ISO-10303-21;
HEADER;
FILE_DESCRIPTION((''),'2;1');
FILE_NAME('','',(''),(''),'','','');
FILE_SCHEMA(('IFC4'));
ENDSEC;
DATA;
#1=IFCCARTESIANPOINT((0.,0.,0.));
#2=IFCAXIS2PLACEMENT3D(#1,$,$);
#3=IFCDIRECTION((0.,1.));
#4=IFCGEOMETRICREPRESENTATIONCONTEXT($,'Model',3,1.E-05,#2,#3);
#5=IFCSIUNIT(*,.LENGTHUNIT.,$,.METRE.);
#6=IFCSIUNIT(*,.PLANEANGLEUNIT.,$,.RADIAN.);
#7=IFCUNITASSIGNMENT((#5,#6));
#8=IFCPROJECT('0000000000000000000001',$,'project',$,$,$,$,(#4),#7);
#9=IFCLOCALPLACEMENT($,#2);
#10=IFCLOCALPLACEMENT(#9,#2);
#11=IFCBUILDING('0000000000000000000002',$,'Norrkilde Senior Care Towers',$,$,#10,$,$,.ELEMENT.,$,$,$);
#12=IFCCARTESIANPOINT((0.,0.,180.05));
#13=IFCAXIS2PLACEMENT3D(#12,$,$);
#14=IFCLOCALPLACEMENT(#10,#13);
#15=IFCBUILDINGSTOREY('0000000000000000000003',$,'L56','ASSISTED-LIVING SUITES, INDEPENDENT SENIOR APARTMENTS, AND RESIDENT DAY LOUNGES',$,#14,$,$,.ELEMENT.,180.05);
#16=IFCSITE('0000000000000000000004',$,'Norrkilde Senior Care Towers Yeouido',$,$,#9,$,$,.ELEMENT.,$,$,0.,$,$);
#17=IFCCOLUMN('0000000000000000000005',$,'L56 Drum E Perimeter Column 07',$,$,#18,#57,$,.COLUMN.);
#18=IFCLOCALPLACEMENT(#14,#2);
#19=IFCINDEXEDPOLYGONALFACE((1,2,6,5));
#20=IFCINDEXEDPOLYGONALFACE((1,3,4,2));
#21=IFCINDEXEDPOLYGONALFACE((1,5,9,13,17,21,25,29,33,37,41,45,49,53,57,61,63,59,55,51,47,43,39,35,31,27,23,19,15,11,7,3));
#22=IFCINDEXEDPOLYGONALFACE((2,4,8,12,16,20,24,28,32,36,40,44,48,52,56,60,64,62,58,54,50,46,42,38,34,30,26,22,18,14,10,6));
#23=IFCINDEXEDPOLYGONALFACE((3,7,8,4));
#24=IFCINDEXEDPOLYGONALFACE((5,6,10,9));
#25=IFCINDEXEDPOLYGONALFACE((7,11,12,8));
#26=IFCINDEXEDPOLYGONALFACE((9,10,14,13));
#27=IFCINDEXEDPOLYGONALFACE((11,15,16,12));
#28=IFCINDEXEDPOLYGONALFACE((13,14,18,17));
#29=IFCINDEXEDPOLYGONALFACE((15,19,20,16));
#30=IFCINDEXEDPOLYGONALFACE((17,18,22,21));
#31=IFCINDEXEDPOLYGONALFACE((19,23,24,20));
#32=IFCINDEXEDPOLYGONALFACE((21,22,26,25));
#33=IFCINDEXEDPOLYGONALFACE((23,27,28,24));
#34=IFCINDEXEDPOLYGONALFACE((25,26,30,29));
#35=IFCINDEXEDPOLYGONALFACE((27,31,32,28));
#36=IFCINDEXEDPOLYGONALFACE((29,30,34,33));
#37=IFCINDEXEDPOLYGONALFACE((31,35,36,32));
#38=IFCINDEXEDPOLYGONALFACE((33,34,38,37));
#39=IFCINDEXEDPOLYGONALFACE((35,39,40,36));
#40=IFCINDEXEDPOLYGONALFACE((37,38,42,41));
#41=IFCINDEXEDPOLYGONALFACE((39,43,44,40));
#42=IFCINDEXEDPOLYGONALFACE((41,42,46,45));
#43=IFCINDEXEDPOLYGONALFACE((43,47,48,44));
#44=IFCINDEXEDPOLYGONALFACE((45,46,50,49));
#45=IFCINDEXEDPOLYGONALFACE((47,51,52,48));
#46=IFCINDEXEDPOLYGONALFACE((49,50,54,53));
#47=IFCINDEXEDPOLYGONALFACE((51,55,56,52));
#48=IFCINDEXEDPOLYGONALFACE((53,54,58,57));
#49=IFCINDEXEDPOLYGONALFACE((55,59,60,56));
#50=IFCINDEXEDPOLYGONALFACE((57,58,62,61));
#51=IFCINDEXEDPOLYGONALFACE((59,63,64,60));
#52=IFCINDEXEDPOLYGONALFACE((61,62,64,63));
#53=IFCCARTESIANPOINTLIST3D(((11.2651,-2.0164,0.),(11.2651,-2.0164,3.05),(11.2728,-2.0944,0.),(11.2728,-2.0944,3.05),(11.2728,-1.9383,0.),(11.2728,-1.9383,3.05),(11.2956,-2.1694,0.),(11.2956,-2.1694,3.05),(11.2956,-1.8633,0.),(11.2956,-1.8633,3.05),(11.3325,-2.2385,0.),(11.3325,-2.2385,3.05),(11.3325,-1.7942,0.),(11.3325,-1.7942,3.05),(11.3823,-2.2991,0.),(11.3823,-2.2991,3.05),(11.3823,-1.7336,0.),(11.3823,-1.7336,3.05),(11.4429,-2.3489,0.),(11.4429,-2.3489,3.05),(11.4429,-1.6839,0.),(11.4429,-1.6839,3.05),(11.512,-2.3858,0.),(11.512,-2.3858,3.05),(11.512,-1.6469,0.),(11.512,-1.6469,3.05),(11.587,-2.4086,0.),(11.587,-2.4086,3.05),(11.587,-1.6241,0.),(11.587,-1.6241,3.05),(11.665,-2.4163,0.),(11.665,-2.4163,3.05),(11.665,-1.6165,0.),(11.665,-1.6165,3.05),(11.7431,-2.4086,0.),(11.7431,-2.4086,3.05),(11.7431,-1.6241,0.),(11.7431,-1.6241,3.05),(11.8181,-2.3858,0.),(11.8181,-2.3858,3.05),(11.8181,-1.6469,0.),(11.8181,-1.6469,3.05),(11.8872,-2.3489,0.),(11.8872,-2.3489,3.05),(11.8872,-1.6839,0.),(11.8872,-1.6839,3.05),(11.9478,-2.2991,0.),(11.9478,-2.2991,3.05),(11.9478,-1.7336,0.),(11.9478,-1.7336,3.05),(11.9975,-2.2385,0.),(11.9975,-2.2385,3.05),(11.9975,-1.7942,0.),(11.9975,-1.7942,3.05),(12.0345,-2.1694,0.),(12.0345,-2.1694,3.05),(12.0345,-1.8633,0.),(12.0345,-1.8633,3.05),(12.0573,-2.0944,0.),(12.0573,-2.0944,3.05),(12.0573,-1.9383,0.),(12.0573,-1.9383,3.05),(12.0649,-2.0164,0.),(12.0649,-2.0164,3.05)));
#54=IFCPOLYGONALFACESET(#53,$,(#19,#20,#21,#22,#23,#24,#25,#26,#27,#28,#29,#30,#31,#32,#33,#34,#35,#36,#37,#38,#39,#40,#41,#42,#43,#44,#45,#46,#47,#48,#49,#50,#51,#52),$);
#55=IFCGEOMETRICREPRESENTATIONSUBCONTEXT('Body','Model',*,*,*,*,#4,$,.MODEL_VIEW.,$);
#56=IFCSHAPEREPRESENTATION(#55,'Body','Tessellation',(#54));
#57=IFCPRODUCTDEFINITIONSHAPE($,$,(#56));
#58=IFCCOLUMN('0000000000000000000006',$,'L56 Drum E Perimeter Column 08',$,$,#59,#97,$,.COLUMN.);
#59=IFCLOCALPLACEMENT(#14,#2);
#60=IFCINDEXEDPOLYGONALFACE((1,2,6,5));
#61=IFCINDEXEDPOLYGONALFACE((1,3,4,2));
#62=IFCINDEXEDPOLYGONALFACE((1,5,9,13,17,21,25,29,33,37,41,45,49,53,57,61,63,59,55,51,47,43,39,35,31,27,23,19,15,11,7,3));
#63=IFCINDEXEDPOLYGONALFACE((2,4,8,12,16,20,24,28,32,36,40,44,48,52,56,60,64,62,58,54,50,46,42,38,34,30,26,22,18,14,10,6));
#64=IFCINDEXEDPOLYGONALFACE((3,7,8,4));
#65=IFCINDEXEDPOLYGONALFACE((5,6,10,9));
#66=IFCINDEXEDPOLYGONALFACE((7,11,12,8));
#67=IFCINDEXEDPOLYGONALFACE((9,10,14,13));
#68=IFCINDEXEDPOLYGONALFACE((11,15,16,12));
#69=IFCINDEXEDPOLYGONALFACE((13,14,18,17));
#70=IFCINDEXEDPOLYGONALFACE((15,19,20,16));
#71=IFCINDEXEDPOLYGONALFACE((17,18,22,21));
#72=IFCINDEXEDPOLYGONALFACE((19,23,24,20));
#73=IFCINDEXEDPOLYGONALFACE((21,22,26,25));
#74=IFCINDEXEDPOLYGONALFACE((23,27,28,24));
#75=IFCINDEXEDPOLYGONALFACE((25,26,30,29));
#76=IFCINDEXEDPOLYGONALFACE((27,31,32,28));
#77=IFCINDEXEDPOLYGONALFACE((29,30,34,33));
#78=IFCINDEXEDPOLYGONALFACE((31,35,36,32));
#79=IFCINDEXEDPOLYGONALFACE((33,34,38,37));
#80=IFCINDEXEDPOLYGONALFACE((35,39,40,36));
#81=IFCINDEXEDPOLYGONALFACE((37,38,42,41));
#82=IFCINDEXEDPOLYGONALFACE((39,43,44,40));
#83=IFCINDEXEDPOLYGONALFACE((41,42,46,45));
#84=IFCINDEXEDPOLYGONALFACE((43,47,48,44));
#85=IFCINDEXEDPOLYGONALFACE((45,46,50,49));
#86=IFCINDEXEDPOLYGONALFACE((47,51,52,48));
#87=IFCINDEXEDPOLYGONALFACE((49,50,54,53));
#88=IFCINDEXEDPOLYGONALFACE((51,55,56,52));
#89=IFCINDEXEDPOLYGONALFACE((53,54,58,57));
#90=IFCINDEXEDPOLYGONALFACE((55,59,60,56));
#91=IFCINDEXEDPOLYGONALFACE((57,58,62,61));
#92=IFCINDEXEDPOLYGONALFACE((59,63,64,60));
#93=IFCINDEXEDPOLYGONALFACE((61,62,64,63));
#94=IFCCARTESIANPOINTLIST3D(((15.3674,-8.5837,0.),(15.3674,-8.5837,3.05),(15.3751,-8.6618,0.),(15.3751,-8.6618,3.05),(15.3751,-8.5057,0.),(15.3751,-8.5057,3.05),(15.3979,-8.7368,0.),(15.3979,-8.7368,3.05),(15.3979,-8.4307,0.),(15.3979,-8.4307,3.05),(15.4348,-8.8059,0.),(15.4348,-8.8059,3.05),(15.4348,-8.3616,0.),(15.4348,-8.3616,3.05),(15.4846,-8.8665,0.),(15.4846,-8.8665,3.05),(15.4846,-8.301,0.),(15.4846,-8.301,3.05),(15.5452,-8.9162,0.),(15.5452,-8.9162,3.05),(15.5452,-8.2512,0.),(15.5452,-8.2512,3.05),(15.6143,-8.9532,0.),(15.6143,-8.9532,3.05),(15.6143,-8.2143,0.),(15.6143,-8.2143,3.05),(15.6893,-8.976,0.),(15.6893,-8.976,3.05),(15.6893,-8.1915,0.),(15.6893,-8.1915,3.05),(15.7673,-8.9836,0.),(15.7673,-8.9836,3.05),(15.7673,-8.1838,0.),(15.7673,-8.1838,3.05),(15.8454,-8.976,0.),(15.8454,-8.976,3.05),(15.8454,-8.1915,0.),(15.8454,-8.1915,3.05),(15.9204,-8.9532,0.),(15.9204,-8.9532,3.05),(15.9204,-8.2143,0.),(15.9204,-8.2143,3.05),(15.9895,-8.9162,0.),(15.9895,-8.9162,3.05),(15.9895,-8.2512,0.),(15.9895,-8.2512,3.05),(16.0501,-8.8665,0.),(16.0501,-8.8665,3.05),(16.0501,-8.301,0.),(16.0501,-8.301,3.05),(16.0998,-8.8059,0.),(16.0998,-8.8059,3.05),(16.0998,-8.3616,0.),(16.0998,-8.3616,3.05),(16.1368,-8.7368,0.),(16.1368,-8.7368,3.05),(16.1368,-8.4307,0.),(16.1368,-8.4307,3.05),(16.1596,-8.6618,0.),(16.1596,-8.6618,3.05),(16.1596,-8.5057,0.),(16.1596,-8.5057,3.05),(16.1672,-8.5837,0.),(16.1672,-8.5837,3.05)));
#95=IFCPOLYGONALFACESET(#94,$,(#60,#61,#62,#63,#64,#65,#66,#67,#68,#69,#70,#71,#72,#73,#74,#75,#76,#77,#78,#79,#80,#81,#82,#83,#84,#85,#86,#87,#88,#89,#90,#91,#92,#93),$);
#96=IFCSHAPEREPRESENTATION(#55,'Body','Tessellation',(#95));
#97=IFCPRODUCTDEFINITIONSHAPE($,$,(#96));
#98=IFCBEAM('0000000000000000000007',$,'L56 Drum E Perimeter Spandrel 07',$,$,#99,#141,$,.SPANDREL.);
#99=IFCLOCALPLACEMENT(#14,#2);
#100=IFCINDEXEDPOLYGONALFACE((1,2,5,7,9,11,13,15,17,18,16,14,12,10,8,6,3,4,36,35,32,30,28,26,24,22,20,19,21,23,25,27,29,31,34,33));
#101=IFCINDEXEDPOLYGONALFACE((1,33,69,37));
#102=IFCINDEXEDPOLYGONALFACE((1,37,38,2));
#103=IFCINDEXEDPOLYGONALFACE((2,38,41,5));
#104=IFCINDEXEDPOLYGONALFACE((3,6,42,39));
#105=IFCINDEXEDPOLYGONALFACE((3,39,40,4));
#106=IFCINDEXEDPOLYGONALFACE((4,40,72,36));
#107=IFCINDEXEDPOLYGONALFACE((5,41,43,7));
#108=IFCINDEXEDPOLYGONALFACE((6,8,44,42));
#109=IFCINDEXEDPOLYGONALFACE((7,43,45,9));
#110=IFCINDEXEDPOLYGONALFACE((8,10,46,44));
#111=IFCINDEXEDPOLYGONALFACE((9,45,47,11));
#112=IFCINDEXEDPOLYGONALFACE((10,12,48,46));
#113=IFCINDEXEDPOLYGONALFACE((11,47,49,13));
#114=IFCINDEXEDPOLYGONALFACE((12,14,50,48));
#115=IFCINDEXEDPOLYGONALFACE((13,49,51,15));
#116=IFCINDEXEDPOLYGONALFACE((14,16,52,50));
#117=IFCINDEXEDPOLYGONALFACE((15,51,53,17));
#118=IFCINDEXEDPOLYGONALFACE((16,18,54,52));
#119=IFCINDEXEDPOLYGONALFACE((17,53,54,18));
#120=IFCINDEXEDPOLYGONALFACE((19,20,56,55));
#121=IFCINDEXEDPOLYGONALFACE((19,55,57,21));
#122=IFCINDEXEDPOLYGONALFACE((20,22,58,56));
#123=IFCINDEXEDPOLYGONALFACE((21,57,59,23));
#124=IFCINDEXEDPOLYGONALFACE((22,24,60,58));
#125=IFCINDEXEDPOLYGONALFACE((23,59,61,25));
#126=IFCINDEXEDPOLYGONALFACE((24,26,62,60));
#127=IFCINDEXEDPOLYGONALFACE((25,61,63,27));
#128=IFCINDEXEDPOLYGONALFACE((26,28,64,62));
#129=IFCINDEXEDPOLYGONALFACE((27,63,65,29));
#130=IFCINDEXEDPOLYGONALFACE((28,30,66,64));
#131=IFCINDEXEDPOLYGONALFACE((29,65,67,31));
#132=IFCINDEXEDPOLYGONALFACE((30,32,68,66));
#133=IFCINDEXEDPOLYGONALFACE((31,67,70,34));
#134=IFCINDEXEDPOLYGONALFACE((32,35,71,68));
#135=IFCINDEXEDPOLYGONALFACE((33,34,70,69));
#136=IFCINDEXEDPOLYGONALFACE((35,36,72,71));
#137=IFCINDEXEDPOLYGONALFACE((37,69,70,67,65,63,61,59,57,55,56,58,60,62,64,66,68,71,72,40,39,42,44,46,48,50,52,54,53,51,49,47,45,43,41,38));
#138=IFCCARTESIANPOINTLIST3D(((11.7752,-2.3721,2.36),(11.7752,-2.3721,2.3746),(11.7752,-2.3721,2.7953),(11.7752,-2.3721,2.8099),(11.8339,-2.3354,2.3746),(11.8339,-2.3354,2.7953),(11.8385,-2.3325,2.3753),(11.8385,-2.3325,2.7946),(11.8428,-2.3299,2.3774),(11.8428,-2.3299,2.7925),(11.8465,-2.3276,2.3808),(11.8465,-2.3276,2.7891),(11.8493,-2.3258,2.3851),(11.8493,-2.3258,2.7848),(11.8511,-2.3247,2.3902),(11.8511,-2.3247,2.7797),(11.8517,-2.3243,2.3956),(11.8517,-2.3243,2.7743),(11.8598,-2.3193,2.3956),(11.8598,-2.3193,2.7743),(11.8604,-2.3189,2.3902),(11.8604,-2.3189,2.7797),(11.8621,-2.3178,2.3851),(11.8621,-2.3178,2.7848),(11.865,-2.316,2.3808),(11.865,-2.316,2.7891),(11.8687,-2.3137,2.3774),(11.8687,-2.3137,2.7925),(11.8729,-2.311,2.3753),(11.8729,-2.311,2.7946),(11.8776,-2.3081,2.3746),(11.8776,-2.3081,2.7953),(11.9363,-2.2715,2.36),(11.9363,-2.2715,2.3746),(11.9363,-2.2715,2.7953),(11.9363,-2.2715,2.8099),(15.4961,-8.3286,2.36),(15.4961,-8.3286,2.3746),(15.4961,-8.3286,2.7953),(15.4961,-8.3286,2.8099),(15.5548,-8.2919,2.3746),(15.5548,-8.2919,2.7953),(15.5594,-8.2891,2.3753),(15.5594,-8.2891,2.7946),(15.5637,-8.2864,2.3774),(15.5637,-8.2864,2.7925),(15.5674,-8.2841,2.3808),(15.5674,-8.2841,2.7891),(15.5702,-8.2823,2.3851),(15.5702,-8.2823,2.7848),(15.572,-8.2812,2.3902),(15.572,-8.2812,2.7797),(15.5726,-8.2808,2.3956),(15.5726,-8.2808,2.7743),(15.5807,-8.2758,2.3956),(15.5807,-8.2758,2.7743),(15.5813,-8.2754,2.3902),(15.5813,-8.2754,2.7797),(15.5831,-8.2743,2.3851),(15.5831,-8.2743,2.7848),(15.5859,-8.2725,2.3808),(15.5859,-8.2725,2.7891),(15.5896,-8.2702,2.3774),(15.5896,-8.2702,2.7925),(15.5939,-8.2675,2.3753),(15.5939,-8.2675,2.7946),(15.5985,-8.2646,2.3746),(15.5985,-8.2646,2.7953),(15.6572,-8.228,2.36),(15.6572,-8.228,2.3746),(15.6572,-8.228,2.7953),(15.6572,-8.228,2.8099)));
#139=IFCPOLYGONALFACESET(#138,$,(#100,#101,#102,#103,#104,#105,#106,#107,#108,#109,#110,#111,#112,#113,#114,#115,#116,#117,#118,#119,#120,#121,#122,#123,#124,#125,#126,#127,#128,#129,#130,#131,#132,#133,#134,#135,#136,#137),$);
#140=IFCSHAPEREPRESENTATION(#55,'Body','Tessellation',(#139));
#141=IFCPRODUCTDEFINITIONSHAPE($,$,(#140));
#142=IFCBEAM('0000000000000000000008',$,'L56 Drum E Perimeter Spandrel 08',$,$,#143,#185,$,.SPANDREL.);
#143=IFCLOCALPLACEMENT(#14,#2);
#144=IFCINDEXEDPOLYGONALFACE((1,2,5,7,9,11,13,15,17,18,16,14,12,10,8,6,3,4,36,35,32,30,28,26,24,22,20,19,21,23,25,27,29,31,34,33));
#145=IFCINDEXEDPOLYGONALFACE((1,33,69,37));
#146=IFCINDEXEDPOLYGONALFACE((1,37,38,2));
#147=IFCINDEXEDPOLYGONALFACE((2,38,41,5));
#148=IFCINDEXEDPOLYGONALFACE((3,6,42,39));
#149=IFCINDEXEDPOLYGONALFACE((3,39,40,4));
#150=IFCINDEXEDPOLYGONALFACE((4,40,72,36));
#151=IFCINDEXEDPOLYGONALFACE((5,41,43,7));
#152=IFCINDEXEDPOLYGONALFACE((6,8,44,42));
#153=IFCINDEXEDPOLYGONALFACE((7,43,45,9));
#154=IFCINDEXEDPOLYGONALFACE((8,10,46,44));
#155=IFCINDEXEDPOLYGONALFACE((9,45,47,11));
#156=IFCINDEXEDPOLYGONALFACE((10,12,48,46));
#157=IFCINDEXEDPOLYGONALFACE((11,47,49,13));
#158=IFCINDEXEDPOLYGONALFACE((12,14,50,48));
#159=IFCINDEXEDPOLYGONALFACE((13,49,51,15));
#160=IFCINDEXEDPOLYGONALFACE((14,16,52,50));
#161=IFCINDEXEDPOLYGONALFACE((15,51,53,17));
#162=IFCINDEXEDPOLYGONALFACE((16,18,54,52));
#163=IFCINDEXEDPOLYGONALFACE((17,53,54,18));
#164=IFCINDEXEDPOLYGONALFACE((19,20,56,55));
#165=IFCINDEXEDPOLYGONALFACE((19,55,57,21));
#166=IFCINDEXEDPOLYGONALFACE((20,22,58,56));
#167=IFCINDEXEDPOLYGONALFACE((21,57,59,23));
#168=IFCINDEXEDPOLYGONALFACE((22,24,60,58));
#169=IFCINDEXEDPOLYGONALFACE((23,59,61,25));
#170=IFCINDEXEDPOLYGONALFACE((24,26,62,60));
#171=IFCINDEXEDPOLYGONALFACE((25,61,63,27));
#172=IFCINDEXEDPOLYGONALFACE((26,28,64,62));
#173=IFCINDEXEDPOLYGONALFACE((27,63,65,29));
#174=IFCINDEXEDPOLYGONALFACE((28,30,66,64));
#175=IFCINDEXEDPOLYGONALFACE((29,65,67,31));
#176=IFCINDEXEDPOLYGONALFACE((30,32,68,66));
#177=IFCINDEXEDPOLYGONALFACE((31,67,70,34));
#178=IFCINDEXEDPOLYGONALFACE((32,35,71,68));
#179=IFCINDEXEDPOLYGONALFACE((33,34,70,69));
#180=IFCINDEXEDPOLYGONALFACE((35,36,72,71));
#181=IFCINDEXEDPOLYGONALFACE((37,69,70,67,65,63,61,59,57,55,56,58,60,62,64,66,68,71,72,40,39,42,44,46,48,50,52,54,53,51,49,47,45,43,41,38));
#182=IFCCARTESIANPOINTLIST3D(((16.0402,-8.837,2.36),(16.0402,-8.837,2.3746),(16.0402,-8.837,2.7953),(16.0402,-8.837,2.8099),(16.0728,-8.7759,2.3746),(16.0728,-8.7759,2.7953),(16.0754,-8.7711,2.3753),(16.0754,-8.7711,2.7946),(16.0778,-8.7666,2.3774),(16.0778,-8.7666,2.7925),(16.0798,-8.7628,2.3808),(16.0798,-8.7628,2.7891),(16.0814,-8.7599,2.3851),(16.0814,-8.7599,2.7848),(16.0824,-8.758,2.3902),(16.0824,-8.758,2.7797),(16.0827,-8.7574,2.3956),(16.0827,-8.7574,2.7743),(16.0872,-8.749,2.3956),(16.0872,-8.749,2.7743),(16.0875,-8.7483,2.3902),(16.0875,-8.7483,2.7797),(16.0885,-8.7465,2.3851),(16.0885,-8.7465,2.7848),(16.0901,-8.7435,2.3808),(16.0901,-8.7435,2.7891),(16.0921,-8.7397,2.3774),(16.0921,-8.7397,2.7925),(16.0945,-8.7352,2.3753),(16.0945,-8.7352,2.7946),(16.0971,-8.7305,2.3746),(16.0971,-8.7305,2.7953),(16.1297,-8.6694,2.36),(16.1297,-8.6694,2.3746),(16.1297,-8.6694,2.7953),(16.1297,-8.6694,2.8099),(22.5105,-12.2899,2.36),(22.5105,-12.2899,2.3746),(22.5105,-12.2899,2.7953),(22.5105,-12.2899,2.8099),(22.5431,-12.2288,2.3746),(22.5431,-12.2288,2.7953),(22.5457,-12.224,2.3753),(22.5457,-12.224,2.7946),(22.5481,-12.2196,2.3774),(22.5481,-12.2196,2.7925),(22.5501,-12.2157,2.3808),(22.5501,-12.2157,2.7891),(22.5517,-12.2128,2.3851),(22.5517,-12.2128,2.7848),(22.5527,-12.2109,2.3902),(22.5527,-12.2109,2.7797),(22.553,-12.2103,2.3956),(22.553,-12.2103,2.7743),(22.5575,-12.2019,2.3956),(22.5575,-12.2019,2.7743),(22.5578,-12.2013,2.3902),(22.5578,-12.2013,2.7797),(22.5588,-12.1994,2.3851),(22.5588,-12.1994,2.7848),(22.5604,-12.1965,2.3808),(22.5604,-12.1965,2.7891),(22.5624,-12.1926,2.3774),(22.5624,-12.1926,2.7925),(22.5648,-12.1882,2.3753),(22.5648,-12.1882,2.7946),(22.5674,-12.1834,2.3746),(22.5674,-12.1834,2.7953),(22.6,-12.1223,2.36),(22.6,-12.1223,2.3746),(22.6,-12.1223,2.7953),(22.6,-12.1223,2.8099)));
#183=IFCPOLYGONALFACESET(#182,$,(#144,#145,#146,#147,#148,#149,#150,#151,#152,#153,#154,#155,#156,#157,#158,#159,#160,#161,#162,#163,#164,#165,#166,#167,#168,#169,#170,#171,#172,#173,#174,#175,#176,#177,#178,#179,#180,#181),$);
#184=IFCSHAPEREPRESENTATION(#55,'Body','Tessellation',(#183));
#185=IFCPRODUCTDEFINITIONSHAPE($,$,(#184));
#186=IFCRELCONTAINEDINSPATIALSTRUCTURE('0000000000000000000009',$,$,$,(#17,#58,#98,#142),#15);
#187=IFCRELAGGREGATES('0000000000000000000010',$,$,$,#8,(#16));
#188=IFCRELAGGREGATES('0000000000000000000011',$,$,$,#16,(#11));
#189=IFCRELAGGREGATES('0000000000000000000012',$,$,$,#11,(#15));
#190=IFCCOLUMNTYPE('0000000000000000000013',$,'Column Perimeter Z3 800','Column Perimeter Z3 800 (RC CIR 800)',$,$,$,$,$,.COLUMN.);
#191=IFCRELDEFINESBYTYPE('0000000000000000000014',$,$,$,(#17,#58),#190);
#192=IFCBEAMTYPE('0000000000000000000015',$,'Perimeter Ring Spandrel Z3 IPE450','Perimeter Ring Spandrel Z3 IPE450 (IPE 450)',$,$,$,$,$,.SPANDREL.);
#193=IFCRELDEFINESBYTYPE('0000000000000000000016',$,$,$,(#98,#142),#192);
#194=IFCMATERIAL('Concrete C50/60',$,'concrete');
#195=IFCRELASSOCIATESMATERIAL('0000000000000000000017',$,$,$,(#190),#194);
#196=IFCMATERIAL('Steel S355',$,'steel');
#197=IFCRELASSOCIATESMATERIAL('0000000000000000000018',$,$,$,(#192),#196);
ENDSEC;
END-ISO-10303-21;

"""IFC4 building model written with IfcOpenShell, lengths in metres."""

from ifc_helpers import new_model, si_unit, direction, frame, origin, origin_2d, place, context, subcontext, project, spatial, circle, i_section, extrude, source, transform, mapped, material, material_profile, profile_set, type_object, type_shapes, element, save


model = new_model("IFC4")

# Units and contexts
model_context = context("Model", 3, precision=1e-05, world=origin(), true_north=direction((0.0, 1.0)))
body_context = subcontext(model_context, "Body", "Model", "MODEL_VIEW")
ifc_project = project(units=[si_unit("LENGTHUNIT", "METRE"), si_unit("PLANEANGLEUNIT", "RADIAN")], contexts=[model_context])

# Site, building, storey
site_placement = place(None, origin())
site = spatial("IfcSite", under=ifc_project, at=site_placement, Name="Norrkilde Senior Care Towers Yeouido", CompositionType="ELEMENT", RefElevation=0.0)
building_placement = place(site_placement, origin())
building = spatial("IfcBuilding", under=site, at=building_placement, Name="Norrkilde Senior Care Towers", CompositionType="ELEMENT")
storey_placement = place(building_placement, frame((0.0, 0.0, 180.05)))
storey = spatial("IfcBuildingStorey", under=building, at=storey_placement, Name="L56", Description="ASSISTED-LIVING SUITES, INDEPENDENT SENIOR APARTMENTS, AND RESIDENT DAY LOUNGES", CompositionType="ELEMENT", Elevation=180.05)

# Columns
ifc_material_1 = material(Name="Concrete C50/60", Category="concrete")
ifc_material_profile_1 = material_profile(ifc_material_1, circle(Radius=0.3999, at=origin_2d()), Name="RC CIR 800")
ifc_profile_set_1 = profile_set([ifc_material_profile_1], Name="Concrete C50/60")
column_type = type_object("IfcColumnType", Name="Column Perimeter Z3 800", Description="Column Perimeter Z3 800 (RC CIR 800)", PredefinedType="COLUMN", material=ifc_profile_set_1)
shared_shape_1 = source(origin(), body_context, "Body", "SweptSolid", [
    extrude(circle(Radius=0.3999, at=origin_2d()), origin(), (0.0, 0.0, 1.0), 3.05),
])
type_shapes(column_type, [shared_shape_1])
for number, where, z_axis, x_axis, name in (
    (1, (11.665, -2.0164, 0.0), (0.0, 0.0, 1.0), (1.0, 0.0, 0.0), "L56 Drum E Perimeter Column 07"),
    (2, (15.7673, -8.5837, 0.0), (0.0, 0.0, 1.0), (1.0, 0.0, 0.0), "L56 Drum E Perimeter Column 08"),
):
    element("IfcColumn", number, at=place(storey_placement, frame(where, z_axis=z_axis, x_axis=x_axis)), inside=storey, type_object=column_type, Name=name, PredefinedType="COLUMN", context=body_context, shape_type="MappedRepresentation", body=[
        mapped(shared_shape_1, transform((0.0, 0.0, 0.0), x_axis=(1.0, 0.0, 0.0), y_axis=(0.0, 1.0, 0.0), z_axis=(0.0, 0.0, 1.0), scale=1.0)),
    ])

# Beams
ifc_material_2 = material(Name="Steel S355", Category="steel")
ifc_material_profile_2 = material_profile(ifc_material_2, i_section(OverallWidth=0.1899, OverallDepth=0.45, WebThickness=0.0095, FlangeThickness=0.0146, FilletRadius=0.021, at=origin_2d()), Name="IPE 450")
ifc_profile_set_2 = profile_set([ifc_material_profile_2], Name="Steel S355")
beam_type_1 = type_object("IfcBeamType", Name="Perimeter Ring Spandrel Z3 IPE450", Description="Perimeter Ring Spandrel Z3 IPE450 (IPE 450)", PredefinedType="SPANDREL", material=ifc_profile_set_2)
shared_shape_2 = source(origin(), body_context, "Body", "SweptSolid", [
    extrude(i_section(OverallWidth=0.1899, OverallDepth=0.45, WebThickness=0.0095, FlangeThickness=0.0146, FilletRadius=0.021, at=origin_2d()), origin(), (0.0, 0.0, 1.0), 7.0232),
])
beam_1_placement = place(storey_placement, frame((11.8557, -2.3218, 2.585), z_axis=(0.529805, -0.848119, 0.0), x_axis=(0.848119, 0.529805, 0.0)))
element("IfcBeam", 3, at=beam_1_placement, inside=storey, type_object=beam_type_1, Name="L56 Drum E Perimeter Spandrel 07", PredefinedType="SPANDREL", context=body_context, shape_type="MappedRepresentation", body=[
    mapped(shared_shape_2, transform((0.0, 0.0, 0.0), x_axis=(1.0, 0.0, 0.0), y_axis=(0.0, 1.0, 0.0), z_axis=(0.0, 0.0, 1.0), scale=1.0)),
])
shared_shape_3 = source(origin(), body_context, "Body", "SweptSolid", [
    extrude(i_section(OverallWidth=0.1899, OverallDepth=0.45, WebThickness=0.0095, FlangeThickness=0.0146, FilletRadius=0.021, at=origin_2d()), origin(), (0.0, 0.0, 1.0), 7.334),
])
type_shapes(beam_type_1, [shared_shape_2, shared_shape_3])
beam_2_placement = place(storey_placement, frame((16.085, -8.7532, 2.585), z_axis=(0.882234, -0.470811, 0.0), x_axis=(0.470811, 0.882234, 0.0)))
element("IfcBeam", 4, at=beam_2_placement, inside=storey, type_object=beam_type_1, Name="L56 Drum E Perimeter Spandrel 08", PredefinedType="SPANDREL", context=body_context, shape_type="MappedRepresentation", body=[
    mapped(shared_shape_3, transform((0.0, 0.0, 0.0), x_axis=(1.0, 0.0, 0.0), y_axis=(0.0, 1.0, 0.0), z_axis=(0.0, 0.0, 1.0), scale=1.0)),
])

save(model, "model.ifc")
